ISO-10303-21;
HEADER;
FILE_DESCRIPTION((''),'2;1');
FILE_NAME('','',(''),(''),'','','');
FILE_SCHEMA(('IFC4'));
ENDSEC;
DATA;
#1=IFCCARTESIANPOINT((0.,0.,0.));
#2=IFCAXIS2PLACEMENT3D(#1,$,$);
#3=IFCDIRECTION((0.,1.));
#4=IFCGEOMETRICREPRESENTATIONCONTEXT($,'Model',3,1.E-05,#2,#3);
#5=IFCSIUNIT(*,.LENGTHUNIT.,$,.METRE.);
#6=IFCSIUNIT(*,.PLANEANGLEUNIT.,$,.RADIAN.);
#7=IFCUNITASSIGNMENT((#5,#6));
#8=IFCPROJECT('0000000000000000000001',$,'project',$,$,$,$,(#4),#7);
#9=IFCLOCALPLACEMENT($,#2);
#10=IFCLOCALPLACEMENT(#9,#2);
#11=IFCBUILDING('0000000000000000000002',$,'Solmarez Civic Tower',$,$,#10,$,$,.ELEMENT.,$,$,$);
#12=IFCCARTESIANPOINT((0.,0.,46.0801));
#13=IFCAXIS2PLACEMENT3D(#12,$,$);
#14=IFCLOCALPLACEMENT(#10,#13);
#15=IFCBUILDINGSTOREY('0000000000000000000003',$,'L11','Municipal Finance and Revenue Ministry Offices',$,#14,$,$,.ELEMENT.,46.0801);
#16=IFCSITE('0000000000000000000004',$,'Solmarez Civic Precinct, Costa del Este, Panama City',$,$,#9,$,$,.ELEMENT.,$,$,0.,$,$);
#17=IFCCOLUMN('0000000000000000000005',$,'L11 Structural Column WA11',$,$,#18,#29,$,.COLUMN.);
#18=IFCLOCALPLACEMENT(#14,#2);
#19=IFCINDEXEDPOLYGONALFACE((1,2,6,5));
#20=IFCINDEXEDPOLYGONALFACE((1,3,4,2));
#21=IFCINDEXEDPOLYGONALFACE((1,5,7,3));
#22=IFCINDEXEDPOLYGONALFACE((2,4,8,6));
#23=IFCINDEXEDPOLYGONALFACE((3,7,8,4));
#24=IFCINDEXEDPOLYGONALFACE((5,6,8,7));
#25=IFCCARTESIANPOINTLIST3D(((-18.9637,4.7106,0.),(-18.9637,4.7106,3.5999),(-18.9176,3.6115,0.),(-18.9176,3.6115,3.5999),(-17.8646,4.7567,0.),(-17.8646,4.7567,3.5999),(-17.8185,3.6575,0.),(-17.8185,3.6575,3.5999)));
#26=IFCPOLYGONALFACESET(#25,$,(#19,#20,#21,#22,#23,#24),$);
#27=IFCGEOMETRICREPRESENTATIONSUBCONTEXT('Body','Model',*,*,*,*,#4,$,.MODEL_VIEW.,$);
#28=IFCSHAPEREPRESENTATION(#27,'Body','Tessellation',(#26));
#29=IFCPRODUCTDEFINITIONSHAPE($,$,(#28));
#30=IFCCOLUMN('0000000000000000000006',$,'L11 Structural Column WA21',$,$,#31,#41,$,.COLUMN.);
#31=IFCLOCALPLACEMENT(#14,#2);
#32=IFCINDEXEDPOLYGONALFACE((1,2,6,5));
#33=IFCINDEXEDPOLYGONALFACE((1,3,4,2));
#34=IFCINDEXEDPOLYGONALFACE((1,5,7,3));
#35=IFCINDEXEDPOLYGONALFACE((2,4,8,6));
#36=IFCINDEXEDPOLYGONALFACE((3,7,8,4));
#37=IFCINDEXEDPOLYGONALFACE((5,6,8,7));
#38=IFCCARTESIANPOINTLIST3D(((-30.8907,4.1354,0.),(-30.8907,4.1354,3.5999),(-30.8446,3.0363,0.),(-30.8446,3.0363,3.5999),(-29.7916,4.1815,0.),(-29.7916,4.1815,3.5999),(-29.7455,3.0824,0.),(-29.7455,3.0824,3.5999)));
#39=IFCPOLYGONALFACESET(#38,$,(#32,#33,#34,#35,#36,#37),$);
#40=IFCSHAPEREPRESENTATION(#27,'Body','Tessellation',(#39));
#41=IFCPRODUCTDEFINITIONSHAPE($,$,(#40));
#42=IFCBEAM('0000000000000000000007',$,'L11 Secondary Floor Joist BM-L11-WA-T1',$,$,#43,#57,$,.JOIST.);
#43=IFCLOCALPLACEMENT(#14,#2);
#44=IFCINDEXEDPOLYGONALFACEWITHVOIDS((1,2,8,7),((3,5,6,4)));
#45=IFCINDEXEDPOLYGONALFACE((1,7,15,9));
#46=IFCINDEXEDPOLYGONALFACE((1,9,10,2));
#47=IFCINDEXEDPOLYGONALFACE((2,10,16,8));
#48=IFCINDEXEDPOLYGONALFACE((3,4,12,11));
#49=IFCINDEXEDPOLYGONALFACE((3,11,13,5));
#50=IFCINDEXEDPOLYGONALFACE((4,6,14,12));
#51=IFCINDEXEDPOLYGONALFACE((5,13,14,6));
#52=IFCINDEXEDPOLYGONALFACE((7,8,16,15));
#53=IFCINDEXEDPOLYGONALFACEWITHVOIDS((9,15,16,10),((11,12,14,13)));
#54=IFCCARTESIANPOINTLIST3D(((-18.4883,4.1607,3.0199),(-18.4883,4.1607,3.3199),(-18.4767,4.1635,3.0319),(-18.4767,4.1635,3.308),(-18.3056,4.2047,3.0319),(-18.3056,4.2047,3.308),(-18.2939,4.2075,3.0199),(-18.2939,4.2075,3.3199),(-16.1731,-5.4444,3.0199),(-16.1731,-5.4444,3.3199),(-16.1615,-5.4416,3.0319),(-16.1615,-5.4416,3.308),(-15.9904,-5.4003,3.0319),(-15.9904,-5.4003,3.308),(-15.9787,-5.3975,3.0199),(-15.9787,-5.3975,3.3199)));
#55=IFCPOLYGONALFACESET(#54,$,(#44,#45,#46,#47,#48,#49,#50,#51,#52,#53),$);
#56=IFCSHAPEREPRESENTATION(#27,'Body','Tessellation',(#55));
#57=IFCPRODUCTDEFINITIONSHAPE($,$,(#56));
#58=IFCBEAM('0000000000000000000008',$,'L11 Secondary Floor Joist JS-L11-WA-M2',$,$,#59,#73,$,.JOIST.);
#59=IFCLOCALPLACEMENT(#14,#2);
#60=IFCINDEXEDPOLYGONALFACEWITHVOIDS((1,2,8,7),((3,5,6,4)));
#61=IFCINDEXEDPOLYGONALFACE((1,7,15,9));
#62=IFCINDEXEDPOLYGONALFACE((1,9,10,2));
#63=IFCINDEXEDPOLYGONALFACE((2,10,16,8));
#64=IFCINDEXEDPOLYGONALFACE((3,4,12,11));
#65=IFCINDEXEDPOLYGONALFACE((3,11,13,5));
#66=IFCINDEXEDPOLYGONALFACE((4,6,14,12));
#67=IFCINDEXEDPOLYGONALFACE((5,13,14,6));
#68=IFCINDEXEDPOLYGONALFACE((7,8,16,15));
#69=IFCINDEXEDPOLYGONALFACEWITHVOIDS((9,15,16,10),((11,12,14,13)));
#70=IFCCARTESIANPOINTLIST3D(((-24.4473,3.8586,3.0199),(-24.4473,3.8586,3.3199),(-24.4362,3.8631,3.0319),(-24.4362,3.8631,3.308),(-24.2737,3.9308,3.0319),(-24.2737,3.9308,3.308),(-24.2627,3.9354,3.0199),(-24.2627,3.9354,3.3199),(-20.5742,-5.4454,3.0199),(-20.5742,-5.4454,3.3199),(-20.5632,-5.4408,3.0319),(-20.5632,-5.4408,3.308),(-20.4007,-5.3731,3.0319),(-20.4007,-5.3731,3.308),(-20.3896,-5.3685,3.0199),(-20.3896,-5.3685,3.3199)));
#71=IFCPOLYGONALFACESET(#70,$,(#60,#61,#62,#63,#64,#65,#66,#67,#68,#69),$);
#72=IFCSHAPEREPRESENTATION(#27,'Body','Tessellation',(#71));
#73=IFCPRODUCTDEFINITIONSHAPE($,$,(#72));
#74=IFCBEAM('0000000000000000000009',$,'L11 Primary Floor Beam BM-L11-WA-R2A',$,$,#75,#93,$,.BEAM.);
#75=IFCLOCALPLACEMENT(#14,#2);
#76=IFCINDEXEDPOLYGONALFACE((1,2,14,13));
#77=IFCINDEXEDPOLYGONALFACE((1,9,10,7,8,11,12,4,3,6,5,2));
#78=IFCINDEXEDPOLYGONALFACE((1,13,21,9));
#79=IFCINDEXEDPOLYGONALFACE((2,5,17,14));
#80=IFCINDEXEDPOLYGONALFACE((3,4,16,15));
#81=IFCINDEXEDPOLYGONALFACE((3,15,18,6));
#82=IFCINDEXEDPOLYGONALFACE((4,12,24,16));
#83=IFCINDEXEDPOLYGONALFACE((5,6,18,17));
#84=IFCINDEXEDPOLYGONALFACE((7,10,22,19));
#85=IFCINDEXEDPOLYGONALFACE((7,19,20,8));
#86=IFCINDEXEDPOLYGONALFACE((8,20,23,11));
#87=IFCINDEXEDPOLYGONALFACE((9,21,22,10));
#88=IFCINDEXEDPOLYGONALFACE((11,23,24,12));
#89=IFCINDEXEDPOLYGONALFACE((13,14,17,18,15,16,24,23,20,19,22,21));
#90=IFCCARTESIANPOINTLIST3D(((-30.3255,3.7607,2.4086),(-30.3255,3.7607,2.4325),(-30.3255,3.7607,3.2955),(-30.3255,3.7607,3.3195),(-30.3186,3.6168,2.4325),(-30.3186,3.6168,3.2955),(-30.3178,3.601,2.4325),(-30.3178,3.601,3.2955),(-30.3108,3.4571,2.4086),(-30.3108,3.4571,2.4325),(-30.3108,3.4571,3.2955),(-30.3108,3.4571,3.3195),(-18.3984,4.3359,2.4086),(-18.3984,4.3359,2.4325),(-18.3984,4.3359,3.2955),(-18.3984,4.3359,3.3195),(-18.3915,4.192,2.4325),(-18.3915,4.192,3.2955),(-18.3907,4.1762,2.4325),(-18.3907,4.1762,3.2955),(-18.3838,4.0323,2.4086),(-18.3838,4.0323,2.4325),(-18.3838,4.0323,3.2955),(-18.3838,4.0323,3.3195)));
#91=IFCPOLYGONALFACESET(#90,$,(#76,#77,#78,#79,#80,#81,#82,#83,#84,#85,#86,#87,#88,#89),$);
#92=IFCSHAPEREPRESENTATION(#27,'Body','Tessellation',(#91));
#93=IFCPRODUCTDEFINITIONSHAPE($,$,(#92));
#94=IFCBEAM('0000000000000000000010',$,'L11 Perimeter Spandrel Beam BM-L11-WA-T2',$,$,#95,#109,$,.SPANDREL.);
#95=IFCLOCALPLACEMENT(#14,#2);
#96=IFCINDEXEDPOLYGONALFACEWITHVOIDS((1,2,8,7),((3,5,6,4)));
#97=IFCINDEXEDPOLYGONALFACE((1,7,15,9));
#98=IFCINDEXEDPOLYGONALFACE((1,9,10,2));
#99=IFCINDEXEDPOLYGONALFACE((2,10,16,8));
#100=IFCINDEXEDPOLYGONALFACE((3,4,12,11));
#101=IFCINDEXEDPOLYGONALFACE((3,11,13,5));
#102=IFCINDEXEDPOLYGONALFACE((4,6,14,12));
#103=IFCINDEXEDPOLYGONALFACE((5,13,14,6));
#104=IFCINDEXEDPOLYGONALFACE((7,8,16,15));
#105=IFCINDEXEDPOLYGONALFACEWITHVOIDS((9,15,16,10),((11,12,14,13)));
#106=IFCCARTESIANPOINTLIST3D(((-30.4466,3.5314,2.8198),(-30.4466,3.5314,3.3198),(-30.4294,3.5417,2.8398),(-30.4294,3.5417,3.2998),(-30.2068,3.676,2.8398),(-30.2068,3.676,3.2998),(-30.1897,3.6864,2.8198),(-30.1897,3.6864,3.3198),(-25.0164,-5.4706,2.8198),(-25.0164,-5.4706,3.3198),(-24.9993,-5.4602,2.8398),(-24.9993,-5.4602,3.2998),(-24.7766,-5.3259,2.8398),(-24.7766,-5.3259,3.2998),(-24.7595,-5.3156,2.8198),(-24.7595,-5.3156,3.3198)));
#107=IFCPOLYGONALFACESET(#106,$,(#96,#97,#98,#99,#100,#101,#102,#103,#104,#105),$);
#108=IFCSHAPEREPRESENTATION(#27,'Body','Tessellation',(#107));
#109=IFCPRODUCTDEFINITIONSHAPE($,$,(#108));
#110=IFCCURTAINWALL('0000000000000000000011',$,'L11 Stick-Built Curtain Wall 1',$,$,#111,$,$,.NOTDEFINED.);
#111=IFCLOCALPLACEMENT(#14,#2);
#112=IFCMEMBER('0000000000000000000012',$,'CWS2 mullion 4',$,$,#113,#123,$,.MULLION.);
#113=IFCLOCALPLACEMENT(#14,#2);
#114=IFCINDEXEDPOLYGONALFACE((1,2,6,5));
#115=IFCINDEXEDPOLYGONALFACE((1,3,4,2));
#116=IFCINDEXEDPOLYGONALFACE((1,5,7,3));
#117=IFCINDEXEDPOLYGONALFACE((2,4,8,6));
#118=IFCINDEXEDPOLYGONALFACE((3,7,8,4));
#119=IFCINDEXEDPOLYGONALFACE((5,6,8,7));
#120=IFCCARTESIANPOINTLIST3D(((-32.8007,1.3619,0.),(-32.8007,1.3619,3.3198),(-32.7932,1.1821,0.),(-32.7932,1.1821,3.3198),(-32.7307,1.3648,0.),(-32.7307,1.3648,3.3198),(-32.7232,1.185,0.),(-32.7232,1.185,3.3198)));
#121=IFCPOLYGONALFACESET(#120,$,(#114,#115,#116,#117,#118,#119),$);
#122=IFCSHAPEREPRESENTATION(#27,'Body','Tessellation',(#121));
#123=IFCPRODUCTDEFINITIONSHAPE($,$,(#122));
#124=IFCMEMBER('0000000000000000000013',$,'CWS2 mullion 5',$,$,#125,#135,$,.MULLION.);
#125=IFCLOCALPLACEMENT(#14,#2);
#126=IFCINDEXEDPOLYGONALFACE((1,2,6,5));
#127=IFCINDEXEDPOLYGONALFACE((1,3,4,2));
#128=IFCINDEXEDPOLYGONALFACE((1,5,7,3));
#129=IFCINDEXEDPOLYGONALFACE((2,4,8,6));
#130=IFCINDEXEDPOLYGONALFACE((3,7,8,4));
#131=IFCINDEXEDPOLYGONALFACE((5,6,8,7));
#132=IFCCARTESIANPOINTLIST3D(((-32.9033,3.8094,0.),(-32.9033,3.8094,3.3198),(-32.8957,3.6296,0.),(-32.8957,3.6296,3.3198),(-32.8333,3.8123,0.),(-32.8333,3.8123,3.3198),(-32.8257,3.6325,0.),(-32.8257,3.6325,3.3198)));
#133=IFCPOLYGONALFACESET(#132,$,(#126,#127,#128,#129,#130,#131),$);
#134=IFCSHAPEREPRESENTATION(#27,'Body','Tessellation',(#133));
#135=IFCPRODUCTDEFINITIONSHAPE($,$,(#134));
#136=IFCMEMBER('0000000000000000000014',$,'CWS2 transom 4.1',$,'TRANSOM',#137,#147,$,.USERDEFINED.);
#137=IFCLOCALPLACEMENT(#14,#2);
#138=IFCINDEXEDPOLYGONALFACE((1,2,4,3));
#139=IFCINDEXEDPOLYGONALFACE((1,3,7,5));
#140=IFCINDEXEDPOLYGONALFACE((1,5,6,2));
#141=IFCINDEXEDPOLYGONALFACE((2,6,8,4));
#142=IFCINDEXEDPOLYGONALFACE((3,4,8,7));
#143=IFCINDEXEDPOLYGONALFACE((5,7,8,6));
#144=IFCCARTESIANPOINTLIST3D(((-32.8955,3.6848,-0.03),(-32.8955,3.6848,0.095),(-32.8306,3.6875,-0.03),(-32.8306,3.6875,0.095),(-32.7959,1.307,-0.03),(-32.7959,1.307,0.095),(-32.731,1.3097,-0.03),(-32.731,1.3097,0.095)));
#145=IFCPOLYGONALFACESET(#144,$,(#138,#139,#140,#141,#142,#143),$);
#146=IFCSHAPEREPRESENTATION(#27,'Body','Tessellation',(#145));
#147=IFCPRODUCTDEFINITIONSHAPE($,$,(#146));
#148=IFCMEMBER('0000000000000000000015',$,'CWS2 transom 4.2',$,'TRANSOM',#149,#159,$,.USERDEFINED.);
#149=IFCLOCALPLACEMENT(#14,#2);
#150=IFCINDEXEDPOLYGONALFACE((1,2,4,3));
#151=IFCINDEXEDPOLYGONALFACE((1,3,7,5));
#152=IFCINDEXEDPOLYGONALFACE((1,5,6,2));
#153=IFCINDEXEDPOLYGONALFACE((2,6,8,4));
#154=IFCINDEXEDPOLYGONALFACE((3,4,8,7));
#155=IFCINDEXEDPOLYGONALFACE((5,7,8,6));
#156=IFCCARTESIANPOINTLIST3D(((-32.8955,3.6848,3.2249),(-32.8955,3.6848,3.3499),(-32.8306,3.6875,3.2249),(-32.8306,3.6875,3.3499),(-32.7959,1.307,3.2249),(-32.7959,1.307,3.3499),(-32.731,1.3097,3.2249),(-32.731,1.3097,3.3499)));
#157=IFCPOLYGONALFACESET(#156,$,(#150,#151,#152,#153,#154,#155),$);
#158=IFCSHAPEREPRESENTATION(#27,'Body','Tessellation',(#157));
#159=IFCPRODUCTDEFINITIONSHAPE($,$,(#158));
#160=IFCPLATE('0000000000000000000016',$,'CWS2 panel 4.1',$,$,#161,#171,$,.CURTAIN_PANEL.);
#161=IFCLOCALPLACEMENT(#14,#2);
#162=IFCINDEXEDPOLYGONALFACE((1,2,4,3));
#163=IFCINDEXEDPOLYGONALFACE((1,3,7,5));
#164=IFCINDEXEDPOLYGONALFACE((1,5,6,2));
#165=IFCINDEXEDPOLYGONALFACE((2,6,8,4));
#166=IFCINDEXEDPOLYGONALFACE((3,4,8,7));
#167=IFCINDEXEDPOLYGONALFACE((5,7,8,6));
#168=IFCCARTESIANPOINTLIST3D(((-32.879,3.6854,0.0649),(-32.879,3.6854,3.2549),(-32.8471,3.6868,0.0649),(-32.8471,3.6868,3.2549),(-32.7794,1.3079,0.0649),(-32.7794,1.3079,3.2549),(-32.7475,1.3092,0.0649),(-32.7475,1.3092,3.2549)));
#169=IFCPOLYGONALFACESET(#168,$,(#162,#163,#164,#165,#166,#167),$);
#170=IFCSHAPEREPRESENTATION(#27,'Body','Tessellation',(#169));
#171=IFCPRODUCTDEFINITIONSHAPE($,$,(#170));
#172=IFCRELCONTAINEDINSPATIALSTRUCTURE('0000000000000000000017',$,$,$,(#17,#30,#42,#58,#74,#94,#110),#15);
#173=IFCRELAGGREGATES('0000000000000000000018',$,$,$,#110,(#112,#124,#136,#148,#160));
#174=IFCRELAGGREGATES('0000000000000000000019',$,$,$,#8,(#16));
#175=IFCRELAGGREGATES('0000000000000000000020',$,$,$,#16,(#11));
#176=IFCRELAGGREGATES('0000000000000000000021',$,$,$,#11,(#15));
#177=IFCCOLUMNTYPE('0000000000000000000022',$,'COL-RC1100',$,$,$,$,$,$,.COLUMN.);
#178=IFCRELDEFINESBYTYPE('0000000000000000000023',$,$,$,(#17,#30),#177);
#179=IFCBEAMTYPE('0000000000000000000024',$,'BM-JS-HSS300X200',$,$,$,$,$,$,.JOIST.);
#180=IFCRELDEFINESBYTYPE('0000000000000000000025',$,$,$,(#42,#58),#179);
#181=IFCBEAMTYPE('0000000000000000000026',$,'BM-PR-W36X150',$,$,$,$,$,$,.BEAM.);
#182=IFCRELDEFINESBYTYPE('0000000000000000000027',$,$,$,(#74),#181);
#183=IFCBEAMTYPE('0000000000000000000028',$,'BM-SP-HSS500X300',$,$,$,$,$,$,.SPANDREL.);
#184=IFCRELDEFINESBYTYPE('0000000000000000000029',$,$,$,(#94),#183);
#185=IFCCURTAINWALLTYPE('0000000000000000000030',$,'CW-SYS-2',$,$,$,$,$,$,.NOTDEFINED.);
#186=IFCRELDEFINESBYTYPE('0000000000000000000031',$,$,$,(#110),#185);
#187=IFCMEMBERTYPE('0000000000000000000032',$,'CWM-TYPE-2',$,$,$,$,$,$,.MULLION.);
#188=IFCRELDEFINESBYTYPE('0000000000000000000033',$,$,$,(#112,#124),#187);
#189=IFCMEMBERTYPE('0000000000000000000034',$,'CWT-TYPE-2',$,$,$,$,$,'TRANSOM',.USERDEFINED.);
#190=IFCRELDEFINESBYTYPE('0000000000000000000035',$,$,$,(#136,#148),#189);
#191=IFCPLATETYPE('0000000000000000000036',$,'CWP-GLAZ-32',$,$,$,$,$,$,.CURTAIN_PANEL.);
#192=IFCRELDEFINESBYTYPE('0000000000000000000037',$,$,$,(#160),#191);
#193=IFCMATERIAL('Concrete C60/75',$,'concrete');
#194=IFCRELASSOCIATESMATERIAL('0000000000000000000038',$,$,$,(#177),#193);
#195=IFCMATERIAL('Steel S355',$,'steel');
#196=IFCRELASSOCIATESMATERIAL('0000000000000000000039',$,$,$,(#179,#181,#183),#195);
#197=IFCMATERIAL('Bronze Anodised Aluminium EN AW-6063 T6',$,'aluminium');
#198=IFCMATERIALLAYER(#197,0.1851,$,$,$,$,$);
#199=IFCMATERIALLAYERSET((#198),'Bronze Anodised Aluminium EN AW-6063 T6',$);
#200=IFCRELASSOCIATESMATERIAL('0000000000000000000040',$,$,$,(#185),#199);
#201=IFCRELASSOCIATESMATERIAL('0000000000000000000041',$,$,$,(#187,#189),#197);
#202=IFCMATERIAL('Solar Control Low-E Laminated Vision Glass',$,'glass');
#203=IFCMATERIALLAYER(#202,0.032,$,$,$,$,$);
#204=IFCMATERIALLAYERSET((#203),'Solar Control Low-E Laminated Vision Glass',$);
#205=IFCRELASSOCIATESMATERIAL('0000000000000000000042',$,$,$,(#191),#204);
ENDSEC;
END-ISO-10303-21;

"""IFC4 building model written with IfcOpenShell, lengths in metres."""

from ifc_helpers import new_model, si_unit, direction, frame, origin, origin_2d, place, context, subcontext, project, spatial, rectangle, hollow_rectangle, i_section, extrude, material, layer, layer_set, material_profile, profile_set, type_object, element, aggregate, save


model = new_model("IFC4")

# Units and contexts
model_context = context("Model", 3, precision=1e-05, world=origin(), true_north=direction((0.0, 1.0)))
body_context = subcontext(model_context, "Body", "Model", "MODEL_VIEW")
ifc_project = project(units=[si_unit("LENGTHUNIT", "METRE"), si_unit("PLANEANGLEUNIT", "RADIAN")], contexts=[model_context])

# Site, building, storey
site_placement = place(None, origin())
site = spatial("IfcSite", under=ifc_project, at=site_placement, Name="Solmarez Civic Precinct, Costa del Este, Panama City", CompositionType="ELEMENT", RefElevation=0.0)
building_placement = place(site_placement, origin())
building = spatial("IfcBuilding", under=site, at=building_placement, Name="Solmarez Civic Tower", CompositionType="ELEMENT")
storey_placement = place(building_placement, frame((0.0, 0.0, 46.0801)))
storey = spatial("IfcBuildingStorey", under=building, at=storey_placement, Name="L11", Description="Municipal Finance and Revenue Ministry Offices", CompositionType="ELEMENT", Elevation=46.0801)

# Columns
ifc_material_1 = material(Name="Concrete C60/75", Category="concrete")
ifc_material_profile_1 = material_profile(ifc_material_1, rectangle(XDim=1.1001, YDim=1.1001, at=origin_2d()), Name="RC1100X1100")
ifc_profile_set_1 = profile_set([ifc_material_profile_1], Name="Concrete C60/75")
column_type = type_object("IfcColumnType", Name="COL-RC1100", PredefinedType="COLUMN", material=ifc_profile_set_1)
for number, where, z_axis, x_axis, name in (
    (1, (-18.3911, 4.1841, 0.0), (0.0, 0.0, 1.0), (0.999123, 0.041876, 0.0), "L11 Structural Column WA11"),
    (2, (-30.3181, 3.6089, 0.0), (0.0, 0.0, 1.0), (0.999123, 0.041876, 0.0), "L11 Structural Column WA21"),
):
    element("IfcColumn", number, at=place(storey_placement, frame(where, z_axis=z_axis, x_axis=x_axis)), inside=storey, type_object=column_type, Name=name, PredefinedType="COLUMN", context=body_context, shape_type="SweptSolid", body=[
        extrude(rectangle(XDim=1.1001, YDim=1.1001, at=origin_2d()), origin(), (0.0, 0.0, 1.0), 3.5999),
    ])

# Beams
ifc_material_2 = material(Name="Steel S355", Category="steel")
ifc_material_profile_2 = material_profile(ifc_material_2, hollow_rectangle(XDim=0.2, YDim=0.3, WallThickness=0.012, at=origin_2d()), Name="HSS300X200X12")
ifc_profile_set_2 = profile_set([ifc_material_profile_2], Name="Steel S355")
beam_type_1 = type_object("IfcBeamType", Name="BM-JS-HSS300X200", PredefinedType="JOIST", material=ifc_profile_set_2)
beam_1_placement = place(storey_placement, frame((-18.3911, 4.1841, 3.1699), z_axis=(0.234329, -0.972157, 0.0), x_axis=(0.972157, 0.234329, 0.0)))
element("IfcBeam", 3, at=beam_1_placement, inside=storey, type_object=beam_type_1, Name="L11 Secondary Floor Joist BM-L11-WA-T1", PredefinedType="JOIST", context=body_context, shape_type="SweptSolid", body=[
    extrude(hollow_rectangle(XDim=0.2, YDim=0.3, WallThickness=0.012, at=origin_2d()), origin(), (0.0, 0.0, 1.0), 9.8801),
])
beam_2_placement = place(storey_placement, frame((-24.355, 3.897, 3.1699), z_axis=(0.384311, -0.923204, 0.0), x_axis=(0.923204, 0.384311, 0.0)))
element("IfcBeam", 4, at=beam_2_placement, inside=storey, type_object=beam_type_1, Name="L11 Secondary Floor Joist JS-L11-WA-M2", PredefinedType="JOIST", context=body_context, shape_type="SweptSolid", body=[
    extrude(hollow_rectangle(XDim=0.2, YDim=0.3, WallThickness=0.012, at=origin_2d()), origin(), (0.0, 0.0, 1.0), 10.0779),
])
ifc_material_profile_3 = material_profile(ifc_material_2, i_section(OverallWidth=0.304, OverallDepth=0.9109, WebThickness=0.0159, FlangeThickness=0.0239, at=origin_2d()), Name="W36X150")
ifc_profile_set_3 = profile_set([ifc_material_profile_3], Name="Steel S355")
beam_type_2 = type_object("IfcBeamType", Name="BM-PR-W36X150", PredefinedType="BEAM", material=ifc_profile_set_3)
beam_3_placement = place(storey_placement, frame((-18.3911, 4.1841, 2.864), z_axis=(-0.998839, -0.04817, 0.0), x_axis=(0.04817, -0.998839, 0.0)))
element("IfcBeam", 5, at=beam_3_placement, inside=storey, type_object=beam_type_2, Name="L11 Primary Floor Beam BM-L11-WA-R2A", PredefinedType="BEAM", context=body_context, shape_type="SweptSolid", body=[
    extrude(i_section(OverallWidth=0.304, OverallDepth=0.9109, WebThickness=0.0159, FlangeThickness=0.0239, at=origin_2d()), origin(), (0.0, 0.0, 1.0), 11.9409),
])
ifc_material_profile_4 = material_profile(ifc_material_2, hollow_rectangle(XDim=0.3, YDim=0.5, WallThickness=0.02, at=origin_2d()), Name="HSS500X300X20")
ifc_profile_set_4 = profile_set([ifc_material_profile_4], Name="Steel S355")
beam_type_3 = type_object("IfcBeamType", Name="BM-SP-HSS500X300", PredefinedType="SPANDREL", material=ifc_profile_set_4)
beam_4_placement = place(storey_placement, frame((-30.3181, 3.6089, 3.0698), z_axis=(0.516523, -0.856273, 0.0), x_axis=(0.856273, 0.516523, 0.0)))
element("IfcBeam", 6, at=beam_4_placement, inside=storey, type_object=beam_type_3, Name="L11 Perimeter Spandrel Beam BM-L11-WA-T2", PredefinedType="SPANDREL", context=body_context, shape_type="SweptSolid", body=[
    extrude(hollow_rectangle(XDim=0.3, YDim=0.5, WallThickness=0.02, at=origin_2d()), origin(), (0.0, 0.0, 1.0), 10.5129),
])

# Curtain wall, members, plate
ifc_material_3 = material(Name="Bronze Anodised Aluminium EN AW-6063 T6", Category="aluminium")
ifc_layer_1 = layer(ifc_material_3, 0.1851)
ifc_layer_set_1 = layer_set([ifc_layer_1], Name="Bronze Anodised Aluminium EN AW-6063 T6")
curtain_wall_type = type_object("IfcCurtainWallType", Name="CW-SYS-2", PredefinedType="NOTDEFINED", material=ifc_layer_set_1)
curtain_wall_placement = place(storey_placement, origin())
curtain_wall = element("IfcCurtainWall", 7, at=curtain_wall_placement, inside=storey, type_object=curtain_wall_type, Name="L11 Stick-Built Curtain Wall 1", PredefinedType="NOTDEFINED")
ifc_material_profile_5 = material_profile(ifc_material_3, rectangle(XDim=0.0701, YDim=0.1799, at=origin_2d()), Name="CWM-70X180")
ifc_profile_set_5 = profile_set([ifc_material_profile_5], Name="Bronze Anodised Aluminium EN AW-6063 T6")
member_type_1 = type_object("IfcMemberType", Name="CWM-TYPE-2", PredefinedType="MULLION", material=ifc_profile_set_5)
member_1_placement = place(storey_placement, frame((-32.762, 1.2734, 0.0), z_axis=(0.0, 0.0, 1.0), x_axis=(-0.999124, -0.041857, 0.0)))
member_1 = element("IfcMember", 8, at=member_1_placement, type_object=member_type_1, Name="CWS2 mullion 4", PredefinedType="MULLION", context=body_context, shape_type="SweptSolid", body=[
    extrude(rectangle(XDim=0.0701, YDim=0.1799, at=origin_2d()), origin(), (0.0, 0.0, 1.0), 3.3198),
])
member_2_placement = place(storey_placement, frame((-32.8645, 3.7209, 0.0), z_axis=(0.0, 0.0, 1.0), x_axis=(-0.999124, -0.041857, 0.0)))
member_2 = element("IfcMember", 9, at=member_2_placement, type_object=member_type_1, Name="CWS2 mullion 5", PredefinedType="MULLION", context=body_context, shape_type="SweptSolid", body=[
    extrude(rectangle(XDim=0.0701, YDim=0.1799, at=origin_2d()), origin(), (0.0, 0.0, 1.0), 3.3198),
])
ifc_material_profile_6 = material_profile(ifc_material_3, rectangle(XDim=0.0649, YDim=0.125, at=origin_2d()), Name="CWT-65X125")
ifc_profile_set_6 = profile_set([ifc_material_profile_6], Name="Bronze Anodised Aluminium EN AW-6063 T6")
member_type_2 = type_object("IfcMemberType", Name="CWT-TYPE-2", ElementType="TRANSOM", PredefinedType="USERDEFINED", material=ifc_profile_set_6)
member_3_placement = place(storey_placement, frame((-32.7634, 1.3083, 0.0325), z_axis=(-0.041857, 0.999124, 0.0), x_axis=(-0.999124, -0.041857, 0.0)))
member_3 = element("IfcMember", 10, at=member_3_placement, type_object=member_type_2, Name="CWS2 transom 4.1", ObjectType="TRANSOM", PredefinedType="USERDEFINED", context=body_context, shape_type="SweptSolid", body=[
    extrude(rectangle(XDim=0.0649, YDim=0.125, at=origin_2d()), origin(), (0.0, 0.0, 1.0), 2.3799),
])
member_4_placement = place(storey_placement, frame((-32.7634, 1.3083, 3.2874), z_axis=(-0.041857, 0.999124, 0.0), x_axis=(-0.999124, -0.041857, 0.0)))
member_4 = element("IfcMember", 11, at=member_4_placement, type_object=member_type_2, Name="CWS2 transom 4.2", ObjectType="TRANSOM", PredefinedType="USERDEFINED", context=body_context, shape_type="SweptSolid", body=[
    extrude(rectangle(XDim=0.0649, YDim=0.125, at=origin_2d()), origin(), (0.0, 0.0, 1.0), 2.3799),
])
ifc_material_4 = material(Name="Solar Control Low-E Laminated Vision Glass", Category="glass")
ifc_layer_2 = layer(ifc_material_4, 0.032)
ifc_layer_set_2 = layer_set([ifc_layer_2], Name="Solar Control Low-E Laminated Vision Glass")
plate_type_1 = type_object("IfcPlateType", Name="CWP-GLAZ-32", PredefinedType="CURTAIN_PANEL", material=ifc_layer_set_2)
plate_1_placement = place(storey_placement, frame((-32.8132, 2.4973, 0.0649), z_axis=(0.0, 0.0, 1.0), x_axis=(-0.041857, 0.999124, 0.0)))
plate_1 = element("IfcPlate", 12, at=plate_1_placement, type_object=plate_type_1, Name="CWS2 panel 4.1", PredefinedType="CURTAIN_PANEL", context=body_context, shape_type="SweptSolid", body=[
    extrude(rectangle(XDim=2.3796, YDim=0.032, at=origin_2d()), origin(), (0.0, 0.0, 1.0), 3.1899),
])
aggregate(curtain_wall, [member_1, member_2, member_3, member_4, plate_1])

save(model, "model.ifc")
